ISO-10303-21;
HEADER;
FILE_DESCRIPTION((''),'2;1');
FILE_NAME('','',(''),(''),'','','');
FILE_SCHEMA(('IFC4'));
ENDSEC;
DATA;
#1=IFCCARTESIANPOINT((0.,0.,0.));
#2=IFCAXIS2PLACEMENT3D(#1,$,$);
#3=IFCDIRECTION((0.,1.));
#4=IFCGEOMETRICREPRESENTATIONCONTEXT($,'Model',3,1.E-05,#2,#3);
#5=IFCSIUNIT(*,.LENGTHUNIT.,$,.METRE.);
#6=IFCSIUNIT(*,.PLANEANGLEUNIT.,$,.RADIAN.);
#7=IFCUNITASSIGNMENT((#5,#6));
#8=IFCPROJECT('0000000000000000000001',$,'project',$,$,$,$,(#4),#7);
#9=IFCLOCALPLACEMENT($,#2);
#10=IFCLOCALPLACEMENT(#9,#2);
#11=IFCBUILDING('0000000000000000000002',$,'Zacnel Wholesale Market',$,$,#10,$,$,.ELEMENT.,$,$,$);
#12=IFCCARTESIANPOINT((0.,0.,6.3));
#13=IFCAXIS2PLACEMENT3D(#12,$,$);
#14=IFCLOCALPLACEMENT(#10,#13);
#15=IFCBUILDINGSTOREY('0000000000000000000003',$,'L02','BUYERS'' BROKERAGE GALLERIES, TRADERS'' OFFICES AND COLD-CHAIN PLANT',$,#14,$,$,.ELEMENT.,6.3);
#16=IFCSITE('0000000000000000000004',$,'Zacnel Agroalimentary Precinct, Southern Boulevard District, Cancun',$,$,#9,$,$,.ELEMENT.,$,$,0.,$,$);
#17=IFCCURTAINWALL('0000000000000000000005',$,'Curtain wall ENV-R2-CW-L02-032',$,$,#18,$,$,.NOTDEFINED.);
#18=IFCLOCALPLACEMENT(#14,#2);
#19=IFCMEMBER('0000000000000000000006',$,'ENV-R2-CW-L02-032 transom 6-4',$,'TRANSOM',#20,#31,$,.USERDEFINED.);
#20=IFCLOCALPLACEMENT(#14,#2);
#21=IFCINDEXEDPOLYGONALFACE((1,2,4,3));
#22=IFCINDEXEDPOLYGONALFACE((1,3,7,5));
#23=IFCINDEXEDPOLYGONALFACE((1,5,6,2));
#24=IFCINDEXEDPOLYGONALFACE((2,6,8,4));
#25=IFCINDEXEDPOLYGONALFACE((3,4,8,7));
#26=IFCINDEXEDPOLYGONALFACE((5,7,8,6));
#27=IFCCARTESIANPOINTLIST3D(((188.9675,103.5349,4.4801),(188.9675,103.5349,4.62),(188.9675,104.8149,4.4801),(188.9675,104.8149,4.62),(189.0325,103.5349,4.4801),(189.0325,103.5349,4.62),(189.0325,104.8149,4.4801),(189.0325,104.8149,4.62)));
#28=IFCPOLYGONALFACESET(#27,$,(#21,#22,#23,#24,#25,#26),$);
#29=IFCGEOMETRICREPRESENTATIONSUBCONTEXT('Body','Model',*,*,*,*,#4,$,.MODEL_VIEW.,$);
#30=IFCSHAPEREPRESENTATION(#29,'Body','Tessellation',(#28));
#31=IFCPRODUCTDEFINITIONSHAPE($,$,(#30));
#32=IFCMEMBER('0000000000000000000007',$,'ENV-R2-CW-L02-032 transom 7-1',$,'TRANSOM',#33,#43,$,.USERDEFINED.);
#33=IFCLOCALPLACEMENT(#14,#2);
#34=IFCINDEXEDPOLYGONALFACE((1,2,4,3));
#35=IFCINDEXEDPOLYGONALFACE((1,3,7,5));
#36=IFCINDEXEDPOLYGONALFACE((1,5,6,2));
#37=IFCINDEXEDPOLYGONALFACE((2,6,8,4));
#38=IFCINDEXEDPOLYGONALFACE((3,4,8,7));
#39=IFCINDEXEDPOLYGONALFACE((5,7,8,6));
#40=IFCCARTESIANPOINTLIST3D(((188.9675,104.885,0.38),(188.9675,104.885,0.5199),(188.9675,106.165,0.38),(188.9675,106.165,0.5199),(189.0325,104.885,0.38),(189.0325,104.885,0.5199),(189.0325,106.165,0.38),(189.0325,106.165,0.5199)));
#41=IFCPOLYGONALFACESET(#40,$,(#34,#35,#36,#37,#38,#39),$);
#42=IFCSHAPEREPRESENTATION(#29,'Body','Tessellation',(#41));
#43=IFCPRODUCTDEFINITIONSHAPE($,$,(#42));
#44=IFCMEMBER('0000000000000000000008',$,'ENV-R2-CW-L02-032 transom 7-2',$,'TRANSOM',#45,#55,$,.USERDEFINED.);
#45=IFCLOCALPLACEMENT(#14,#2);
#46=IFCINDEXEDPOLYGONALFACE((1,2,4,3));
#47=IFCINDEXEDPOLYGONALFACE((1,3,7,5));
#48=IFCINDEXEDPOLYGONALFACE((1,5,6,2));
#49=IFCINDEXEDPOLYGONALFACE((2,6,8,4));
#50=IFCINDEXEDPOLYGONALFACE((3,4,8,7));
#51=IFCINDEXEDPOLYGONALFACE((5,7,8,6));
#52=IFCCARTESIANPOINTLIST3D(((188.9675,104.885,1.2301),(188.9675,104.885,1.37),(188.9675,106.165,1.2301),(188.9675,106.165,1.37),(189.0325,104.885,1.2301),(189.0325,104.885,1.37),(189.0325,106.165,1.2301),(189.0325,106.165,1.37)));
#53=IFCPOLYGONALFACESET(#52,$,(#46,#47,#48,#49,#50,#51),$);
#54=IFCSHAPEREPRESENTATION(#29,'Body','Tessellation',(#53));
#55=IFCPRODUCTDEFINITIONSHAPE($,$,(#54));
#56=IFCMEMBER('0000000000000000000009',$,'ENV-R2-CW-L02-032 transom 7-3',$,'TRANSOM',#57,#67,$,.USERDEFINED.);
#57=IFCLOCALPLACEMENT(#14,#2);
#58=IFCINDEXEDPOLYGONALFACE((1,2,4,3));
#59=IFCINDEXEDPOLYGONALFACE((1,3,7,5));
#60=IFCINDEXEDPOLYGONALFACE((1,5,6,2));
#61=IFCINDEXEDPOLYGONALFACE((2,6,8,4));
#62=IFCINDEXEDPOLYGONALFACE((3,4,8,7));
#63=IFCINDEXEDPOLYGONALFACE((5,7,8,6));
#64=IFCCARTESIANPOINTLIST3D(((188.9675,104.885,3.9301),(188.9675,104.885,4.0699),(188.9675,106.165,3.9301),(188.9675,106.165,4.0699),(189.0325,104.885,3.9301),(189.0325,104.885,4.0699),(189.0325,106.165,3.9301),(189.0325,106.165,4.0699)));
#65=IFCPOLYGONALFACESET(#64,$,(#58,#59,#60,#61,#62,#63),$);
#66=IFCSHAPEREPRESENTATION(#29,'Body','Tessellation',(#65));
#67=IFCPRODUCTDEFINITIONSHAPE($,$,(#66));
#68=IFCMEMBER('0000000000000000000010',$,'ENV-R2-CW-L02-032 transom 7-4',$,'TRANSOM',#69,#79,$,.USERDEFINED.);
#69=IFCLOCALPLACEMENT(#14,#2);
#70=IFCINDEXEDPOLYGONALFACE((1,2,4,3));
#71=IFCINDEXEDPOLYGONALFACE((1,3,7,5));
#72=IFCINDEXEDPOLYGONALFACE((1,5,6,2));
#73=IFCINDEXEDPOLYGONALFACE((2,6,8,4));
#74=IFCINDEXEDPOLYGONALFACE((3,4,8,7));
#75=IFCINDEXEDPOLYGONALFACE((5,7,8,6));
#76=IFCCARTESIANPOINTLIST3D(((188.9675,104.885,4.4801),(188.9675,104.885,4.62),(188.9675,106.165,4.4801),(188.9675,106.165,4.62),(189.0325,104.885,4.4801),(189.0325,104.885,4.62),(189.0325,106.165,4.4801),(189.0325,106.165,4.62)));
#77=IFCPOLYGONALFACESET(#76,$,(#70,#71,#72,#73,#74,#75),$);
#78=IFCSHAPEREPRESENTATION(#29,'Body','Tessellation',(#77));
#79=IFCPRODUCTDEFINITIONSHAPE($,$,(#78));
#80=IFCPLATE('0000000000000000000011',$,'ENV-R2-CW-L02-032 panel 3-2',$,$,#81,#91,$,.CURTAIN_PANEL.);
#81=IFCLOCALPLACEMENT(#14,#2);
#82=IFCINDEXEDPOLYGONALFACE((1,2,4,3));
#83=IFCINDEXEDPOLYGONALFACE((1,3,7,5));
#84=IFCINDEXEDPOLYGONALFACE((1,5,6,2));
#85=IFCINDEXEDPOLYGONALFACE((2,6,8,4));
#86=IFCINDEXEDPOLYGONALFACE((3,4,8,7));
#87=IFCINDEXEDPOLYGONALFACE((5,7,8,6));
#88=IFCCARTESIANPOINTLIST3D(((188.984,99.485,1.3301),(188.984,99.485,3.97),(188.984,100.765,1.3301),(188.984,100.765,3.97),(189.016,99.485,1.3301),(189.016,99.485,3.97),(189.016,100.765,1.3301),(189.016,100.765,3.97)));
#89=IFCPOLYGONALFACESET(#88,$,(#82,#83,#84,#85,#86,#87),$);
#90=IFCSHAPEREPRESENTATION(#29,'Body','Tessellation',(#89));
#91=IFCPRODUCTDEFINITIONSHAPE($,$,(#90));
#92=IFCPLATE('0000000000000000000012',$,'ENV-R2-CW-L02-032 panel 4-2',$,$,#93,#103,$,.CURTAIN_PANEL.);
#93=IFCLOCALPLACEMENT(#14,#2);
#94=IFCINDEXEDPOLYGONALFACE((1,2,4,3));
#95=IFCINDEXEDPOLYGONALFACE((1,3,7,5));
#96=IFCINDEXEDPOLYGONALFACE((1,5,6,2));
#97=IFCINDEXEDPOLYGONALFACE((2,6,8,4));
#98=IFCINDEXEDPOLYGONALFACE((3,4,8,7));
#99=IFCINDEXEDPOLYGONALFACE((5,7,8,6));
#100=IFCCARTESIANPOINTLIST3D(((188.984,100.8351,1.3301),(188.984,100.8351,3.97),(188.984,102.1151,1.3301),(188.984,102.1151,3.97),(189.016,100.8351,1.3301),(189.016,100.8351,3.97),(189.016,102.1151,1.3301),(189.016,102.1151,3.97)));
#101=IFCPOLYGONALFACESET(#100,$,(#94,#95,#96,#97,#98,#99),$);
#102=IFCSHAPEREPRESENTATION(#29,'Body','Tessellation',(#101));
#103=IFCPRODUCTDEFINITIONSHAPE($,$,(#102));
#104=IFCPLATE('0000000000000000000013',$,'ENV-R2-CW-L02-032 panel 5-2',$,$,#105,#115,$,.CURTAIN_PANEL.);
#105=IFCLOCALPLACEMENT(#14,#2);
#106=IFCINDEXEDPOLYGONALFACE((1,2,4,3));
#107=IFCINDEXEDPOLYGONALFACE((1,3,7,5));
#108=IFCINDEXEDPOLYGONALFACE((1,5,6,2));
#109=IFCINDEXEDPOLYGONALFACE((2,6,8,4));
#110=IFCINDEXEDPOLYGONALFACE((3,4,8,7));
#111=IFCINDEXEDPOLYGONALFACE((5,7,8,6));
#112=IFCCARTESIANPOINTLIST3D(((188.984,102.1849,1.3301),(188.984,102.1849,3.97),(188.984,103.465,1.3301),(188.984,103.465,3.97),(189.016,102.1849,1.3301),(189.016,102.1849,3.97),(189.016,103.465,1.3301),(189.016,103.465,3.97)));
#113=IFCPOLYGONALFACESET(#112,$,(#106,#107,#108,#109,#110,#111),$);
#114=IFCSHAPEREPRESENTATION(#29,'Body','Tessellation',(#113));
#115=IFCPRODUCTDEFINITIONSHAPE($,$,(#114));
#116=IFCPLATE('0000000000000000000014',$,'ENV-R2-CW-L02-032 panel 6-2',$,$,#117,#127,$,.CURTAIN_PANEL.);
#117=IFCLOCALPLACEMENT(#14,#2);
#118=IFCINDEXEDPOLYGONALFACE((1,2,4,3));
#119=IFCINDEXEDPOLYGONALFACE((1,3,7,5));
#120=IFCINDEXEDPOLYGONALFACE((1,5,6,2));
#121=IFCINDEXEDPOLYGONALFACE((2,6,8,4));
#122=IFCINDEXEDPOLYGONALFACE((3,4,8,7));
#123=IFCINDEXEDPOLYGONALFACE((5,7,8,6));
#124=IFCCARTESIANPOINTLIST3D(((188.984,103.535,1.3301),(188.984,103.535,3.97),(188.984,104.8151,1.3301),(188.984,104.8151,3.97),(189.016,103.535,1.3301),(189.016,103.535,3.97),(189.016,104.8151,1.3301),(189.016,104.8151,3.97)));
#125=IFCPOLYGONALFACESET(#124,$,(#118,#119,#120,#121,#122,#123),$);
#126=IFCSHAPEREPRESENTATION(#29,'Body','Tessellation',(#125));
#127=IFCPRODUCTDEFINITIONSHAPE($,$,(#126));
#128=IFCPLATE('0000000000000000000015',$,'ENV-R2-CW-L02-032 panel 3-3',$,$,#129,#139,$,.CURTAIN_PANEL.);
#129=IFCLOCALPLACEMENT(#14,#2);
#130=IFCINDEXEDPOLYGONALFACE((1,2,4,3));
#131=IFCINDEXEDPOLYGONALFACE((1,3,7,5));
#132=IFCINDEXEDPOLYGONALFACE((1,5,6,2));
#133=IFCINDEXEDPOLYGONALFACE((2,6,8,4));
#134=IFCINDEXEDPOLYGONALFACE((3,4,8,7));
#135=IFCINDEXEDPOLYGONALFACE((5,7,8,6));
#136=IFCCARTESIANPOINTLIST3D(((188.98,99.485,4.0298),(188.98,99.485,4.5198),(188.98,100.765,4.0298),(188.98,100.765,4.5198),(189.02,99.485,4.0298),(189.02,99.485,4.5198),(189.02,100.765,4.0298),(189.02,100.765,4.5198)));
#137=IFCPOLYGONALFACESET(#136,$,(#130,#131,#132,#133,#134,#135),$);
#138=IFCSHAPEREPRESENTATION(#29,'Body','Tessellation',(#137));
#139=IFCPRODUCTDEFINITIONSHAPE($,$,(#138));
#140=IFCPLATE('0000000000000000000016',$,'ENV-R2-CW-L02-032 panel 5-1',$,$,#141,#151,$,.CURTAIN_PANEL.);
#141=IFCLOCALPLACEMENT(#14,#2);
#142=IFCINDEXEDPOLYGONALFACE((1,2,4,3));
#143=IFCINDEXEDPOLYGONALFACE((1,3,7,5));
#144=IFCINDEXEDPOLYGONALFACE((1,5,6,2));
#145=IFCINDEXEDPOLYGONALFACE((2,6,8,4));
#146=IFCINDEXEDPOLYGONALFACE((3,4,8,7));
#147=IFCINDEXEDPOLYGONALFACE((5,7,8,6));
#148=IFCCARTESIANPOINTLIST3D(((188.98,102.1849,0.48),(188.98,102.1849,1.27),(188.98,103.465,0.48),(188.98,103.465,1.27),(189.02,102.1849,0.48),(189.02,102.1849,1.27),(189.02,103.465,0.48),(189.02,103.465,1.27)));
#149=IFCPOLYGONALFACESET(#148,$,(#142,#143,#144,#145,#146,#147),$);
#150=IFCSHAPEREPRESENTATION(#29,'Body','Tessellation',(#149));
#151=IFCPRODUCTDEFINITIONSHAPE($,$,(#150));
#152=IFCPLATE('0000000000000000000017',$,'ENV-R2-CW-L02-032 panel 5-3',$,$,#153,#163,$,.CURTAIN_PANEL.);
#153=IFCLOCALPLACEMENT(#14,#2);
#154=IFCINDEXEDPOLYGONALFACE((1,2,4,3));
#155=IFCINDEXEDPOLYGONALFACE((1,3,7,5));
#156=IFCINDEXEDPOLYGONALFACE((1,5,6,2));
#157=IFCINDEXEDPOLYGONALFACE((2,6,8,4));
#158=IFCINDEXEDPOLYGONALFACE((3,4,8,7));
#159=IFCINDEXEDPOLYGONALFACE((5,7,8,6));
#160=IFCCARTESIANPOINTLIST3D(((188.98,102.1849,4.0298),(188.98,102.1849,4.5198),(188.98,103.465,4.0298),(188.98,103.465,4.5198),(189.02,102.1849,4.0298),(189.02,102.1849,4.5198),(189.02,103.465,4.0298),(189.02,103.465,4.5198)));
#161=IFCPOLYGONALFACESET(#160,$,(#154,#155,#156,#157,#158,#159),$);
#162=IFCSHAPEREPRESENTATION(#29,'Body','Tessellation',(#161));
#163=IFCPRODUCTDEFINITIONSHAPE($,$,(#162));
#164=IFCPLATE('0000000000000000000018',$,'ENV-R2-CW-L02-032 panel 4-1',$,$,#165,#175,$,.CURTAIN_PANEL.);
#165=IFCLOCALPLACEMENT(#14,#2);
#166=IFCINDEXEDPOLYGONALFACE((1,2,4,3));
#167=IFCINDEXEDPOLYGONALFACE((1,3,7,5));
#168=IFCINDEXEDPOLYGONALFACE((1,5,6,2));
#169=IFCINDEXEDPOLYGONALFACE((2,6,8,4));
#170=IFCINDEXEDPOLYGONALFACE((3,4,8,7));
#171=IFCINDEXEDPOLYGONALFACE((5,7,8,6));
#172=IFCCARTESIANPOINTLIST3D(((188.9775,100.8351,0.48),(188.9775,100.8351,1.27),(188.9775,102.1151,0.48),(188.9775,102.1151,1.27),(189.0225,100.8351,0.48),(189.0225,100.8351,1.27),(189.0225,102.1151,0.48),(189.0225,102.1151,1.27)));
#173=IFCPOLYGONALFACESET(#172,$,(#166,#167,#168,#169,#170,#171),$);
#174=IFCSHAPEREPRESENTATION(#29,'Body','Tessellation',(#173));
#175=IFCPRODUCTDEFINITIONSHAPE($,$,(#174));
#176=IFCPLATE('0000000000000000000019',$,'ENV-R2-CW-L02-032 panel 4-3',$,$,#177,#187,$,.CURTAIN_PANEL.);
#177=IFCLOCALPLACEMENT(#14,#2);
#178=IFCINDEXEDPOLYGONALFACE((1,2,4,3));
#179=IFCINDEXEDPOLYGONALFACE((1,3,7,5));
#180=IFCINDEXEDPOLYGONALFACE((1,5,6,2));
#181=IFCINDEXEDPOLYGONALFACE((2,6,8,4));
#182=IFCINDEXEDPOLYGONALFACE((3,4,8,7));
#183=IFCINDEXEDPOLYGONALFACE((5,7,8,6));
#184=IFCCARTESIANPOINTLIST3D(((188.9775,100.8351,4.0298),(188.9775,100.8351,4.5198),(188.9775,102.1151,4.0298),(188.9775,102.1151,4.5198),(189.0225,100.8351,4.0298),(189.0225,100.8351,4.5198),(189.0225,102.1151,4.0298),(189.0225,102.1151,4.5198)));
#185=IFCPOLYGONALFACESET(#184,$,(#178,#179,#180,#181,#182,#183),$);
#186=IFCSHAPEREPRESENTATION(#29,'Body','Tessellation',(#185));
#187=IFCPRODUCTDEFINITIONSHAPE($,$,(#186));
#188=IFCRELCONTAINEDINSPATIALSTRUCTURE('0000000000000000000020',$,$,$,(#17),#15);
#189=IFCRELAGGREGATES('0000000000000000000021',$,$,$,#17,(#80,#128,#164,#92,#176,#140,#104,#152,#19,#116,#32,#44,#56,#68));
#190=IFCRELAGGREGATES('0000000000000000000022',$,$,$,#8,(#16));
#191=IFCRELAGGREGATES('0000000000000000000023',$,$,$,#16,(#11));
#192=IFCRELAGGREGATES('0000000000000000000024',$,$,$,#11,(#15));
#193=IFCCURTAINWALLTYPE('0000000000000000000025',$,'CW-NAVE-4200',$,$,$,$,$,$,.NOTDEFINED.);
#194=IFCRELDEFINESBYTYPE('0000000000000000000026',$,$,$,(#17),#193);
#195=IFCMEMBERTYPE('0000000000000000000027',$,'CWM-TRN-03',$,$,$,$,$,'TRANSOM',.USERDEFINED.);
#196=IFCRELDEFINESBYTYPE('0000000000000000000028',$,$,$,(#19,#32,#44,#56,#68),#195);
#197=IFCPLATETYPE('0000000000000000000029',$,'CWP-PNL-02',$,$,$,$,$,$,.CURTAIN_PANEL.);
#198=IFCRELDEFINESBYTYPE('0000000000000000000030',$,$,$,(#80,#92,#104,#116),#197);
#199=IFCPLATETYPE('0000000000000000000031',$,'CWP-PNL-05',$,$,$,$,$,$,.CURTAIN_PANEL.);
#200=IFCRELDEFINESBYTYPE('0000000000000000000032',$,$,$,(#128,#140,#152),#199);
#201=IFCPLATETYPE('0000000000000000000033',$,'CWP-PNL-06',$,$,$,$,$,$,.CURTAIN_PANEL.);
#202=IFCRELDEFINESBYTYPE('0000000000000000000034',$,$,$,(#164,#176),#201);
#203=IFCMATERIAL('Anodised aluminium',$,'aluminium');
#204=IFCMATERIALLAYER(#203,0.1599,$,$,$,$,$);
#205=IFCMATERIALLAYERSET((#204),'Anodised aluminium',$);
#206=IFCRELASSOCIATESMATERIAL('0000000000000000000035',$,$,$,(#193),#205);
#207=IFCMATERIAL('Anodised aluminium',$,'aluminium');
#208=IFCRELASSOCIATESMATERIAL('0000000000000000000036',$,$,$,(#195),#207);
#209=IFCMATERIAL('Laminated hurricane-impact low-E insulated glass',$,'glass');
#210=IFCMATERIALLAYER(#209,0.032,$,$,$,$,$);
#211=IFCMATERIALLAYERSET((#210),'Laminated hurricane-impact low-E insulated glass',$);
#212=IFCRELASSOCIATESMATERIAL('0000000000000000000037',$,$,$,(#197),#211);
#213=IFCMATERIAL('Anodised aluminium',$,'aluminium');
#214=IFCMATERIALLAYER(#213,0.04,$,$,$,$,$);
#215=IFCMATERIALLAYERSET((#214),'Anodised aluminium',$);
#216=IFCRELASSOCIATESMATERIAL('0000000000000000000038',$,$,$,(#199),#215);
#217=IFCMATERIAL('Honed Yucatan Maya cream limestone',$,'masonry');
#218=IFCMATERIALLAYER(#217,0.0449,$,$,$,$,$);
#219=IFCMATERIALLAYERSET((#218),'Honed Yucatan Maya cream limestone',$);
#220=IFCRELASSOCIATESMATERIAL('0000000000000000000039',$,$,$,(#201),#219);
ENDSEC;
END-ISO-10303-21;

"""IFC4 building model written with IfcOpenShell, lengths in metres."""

from ifc_helpers import new_model, si_unit, direction, frame, origin, origin_2d, place, context, subcontext, project, spatial, rectangle, extrude, material, layer, layer_set, material_profile, profile_set, type_object, element, aggregate, save


model = new_model("IFC4")

# Units and contexts
model_context = context("Model", 3, precision=1e-05, world=origin(), true_north=direction((0.0, 1.0)))
body_context = subcontext(model_context, "Body", "Model", "MODEL_VIEW")
ifc_project = project(units=[si_unit("LENGTHUNIT", "METRE"), si_unit("PLANEANGLEUNIT", "RADIAN")], contexts=[model_context])

# Site, building, storey
site_placement = place(None, origin())
site = spatial("IfcSite", under=ifc_project, at=site_placement, Name="Zacnel Agroalimentary Precinct, Southern Boulevard District, Cancun", CompositionType="ELEMENT", RefElevation=0.0)
building_placement = place(site_placement, origin())
building = spatial("IfcBuilding", under=site, at=building_placement, Name="Zacnel Wholesale Market", CompositionType="ELEMENT")
storey_placement = place(building_placement, frame((0.0, 0.0, 6.3)))
storey = spatial("IfcBuildingStorey", under=building, at=storey_placement, Name="L02", Description="BUYERS' BROKERAGE GALLERIES, TRADERS' OFFICES AND COLD-CHAIN PLANT", CompositionType="ELEMENT", Elevation=6.3)

# Curtain wall, members, plates
ifc_material_1 = material(Name="Anodised aluminium", Category="aluminium")
ifc_layer_1 = layer(ifc_material_1, 0.1599)
ifc_layer_set_1 = layer_set([ifc_layer_1], Name="Anodised aluminium")
curtain_wall_type = type_object("IfcCurtainWallType", Name="CW-NAVE-4200", PredefinedType="NOTDEFINED", material=ifc_layer_set_1)
curtain_wall_placement = place(storey_placement, origin())
curtain_wall = element("IfcCurtainWall", 1, at=curtain_wall_placement, inside=storey, type_object=curtain_wall_type, Name="Curtain wall ENV-R2-CW-L02-032", PredefinedType="NOTDEFINED")
ifc_material_2 = material(Name="Anodised aluminium", Category="aluminium")
ifc_material_profile_1 = material_profile(ifc_material_2, rectangle(XDim=0.0649, YDim=0.1399, at=origin_2d()), Name="AW-TRANSOM 65x140")
ifc_profile_set_1 = profile_set([ifc_material_profile_1], Name="Anodised aluminium")
member_type_1 = type_object("IfcMemberType", Name="CWM-TRN-03", ElementType="TRANSOM", PredefinedType="USERDEFINED", material=ifc_profile_set_1)
member_1_placement = place(storey_placement, frame((189.0, 103.5349, 4.55), z_axis=(0.0, 1.0, 0.0), x_axis=(-1.0, 0.0, 0.0)))
member_1 = element("IfcMember", 2, at=member_1_placement, type_object=member_type_1, Name="ENV-R2-CW-L02-032 transom 6-4", ObjectType="TRANSOM", PredefinedType="USERDEFINED", context=body_context, shape_type="SweptSolid", body=[
    extrude(rectangle(XDim=0.0649, YDim=0.1399, at=origin_2d()), origin(), (0.0, 0.0, 1.0), 1.28),
])
member_2_placement = place(storey_placement, frame((189.0, 104.885, 0.45), z_axis=(0.0, 1.0, 0.0), x_axis=(-1.0, 0.0, 0.0)))
member_2 = element("IfcMember", 3, at=member_2_placement, type_object=member_type_1, Name="ENV-R2-CW-L02-032 transom 7-1", ObjectType="TRANSOM", PredefinedType="USERDEFINED", context=body_context, shape_type="SweptSolid", body=[
    extrude(rectangle(XDim=0.0649, YDim=0.1399, at=origin_2d()), origin(), (0.0, 0.0, 1.0), 1.28),
])
member_3_placement = place(storey_placement, frame((189.0, 104.885, 1.3), z_axis=(0.0, 1.0, 0.0), x_axis=(-1.0, 0.0, 0.0)))
member_3 = element("IfcMember", 4, at=member_3_placement, type_object=member_type_1, Name="ENV-R2-CW-L02-032 transom 7-2", ObjectType="TRANSOM", PredefinedType="USERDEFINED", context=body_context, shape_type="SweptSolid", body=[
    extrude(rectangle(XDim=0.0649, YDim=0.1399, at=origin_2d()), origin(), (0.0, 0.0, 1.0), 1.28),
])
member_4_placement = place(storey_placement, frame((189.0, 104.885, 4.0), z_axis=(0.0, 1.0, 0.0), x_axis=(-1.0, 0.0, 0.0)))
member_4 = element("IfcMember", 5, at=member_4_placement, type_object=member_type_1, Name="ENV-R2-CW-L02-032 transom 7-3", ObjectType="TRANSOM", PredefinedType="USERDEFINED", context=body_context, shape_type="SweptSolid", body=[
    extrude(rectangle(XDim=0.0649, YDim=0.1399, at=origin_2d()), origin(), (0.0, 0.0, 1.0), 1.28),
])
member_5_placement = place(storey_placement, frame((189.0, 104.885, 4.55), z_axis=(0.0, 1.0, 0.0), x_axis=(-1.0, 0.0, 0.0)))
member_5 = element("IfcMember", 6, at=member_5_placement, type_object=member_type_1, Name="ENV-R2-CW-L02-032 transom 7-4", ObjectType="TRANSOM", PredefinedType="USERDEFINED", context=body_context, shape_type="SweptSolid", body=[
    extrude(rectangle(XDim=0.0649, YDim=0.1399, at=origin_2d()), origin(), (0.0, 0.0, 1.0), 1.28),
])
ifc_material_3 = material(Name="Laminated hurricane-impact low-E insulated glass", Category="glass")
ifc_layer_2 = layer(ifc_material_3, 0.032)
ifc_layer_set_2 = layer_set([ifc_layer_2], Name="Laminated hurricane-impact low-E insulated glass")
plate_type_1 = type_object("IfcPlateType", Name="CWP-PNL-02", PredefinedType="CURTAIN_PANEL", material=ifc_layer_set_2)
plate_1_placement = place(storey_placement, frame((189.0, 100.125, 1.3301), z_axis=(0.0, 0.0, 1.0), x_axis=(0.0, 1.0, 0.0)))
plate_1 = element("IfcPlate", 7, at=plate_1_placement, type_object=plate_type_1, Name="ENV-R2-CW-L02-032 panel 3-2", PredefinedType="CURTAIN_PANEL", context=body_context, shape_type="SweptSolid", body=[
    extrude(rectangle(XDim=1.28, YDim=0.032, at=origin_2d()), origin(), (0.0, 0.0, 1.0), 2.6399),
])
plate_2_placement = place(storey_placement, frame((189.0, 101.4751, 1.3301), z_axis=(0.0, 0.0, 1.0), x_axis=(0.0, 1.0, 0.0)))
plate_2 = element("IfcPlate", 8, at=plate_2_placement, type_object=plate_type_1, Name="ENV-R2-CW-L02-032 panel 4-2", PredefinedType="CURTAIN_PANEL", context=body_context, shape_type="SweptSolid", body=[
    extrude(rectangle(XDim=1.28, YDim=0.032, at=origin_2d()), origin(), (0.0, 0.0, 1.0), 2.6399),
])
plate_3_placement = place(storey_placement, frame((189.0, 102.825, 1.3301), z_axis=(0.0, 0.0, 1.0), x_axis=(0.0, 1.0, 0.0)))
plate_3 = element("IfcPlate", 9, at=plate_3_placement, type_object=plate_type_1, Name="ENV-R2-CW-L02-032 panel 5-2", PredefinedType="CURTAIN_PANEL", context=body_context, shape_type="SweptSolid", body=[
    extrude(rectangle(XDim=1.28, YDim=0.032, at=origin_2d()), origin(), (0.0, 0.0, 1.0), 2.6399),
])
plate_4_placement = place(storey_placement, frame((189.0, 104.175, 1.3301), z_axis=(0.0, 0.0, 1.0), x_axis=(0.0, 1.0, 0.0)))
plate_4 = element("IfcPlate", 10, at=plate_4_placement, type_object=plate_type_1, Name="ENV-R2-CW-L02-032 panel 6-2", PredefinedType="CURTAIN_PANEL", context=body_context, shape_type="SweptSolid", body=[
    extrude(rectangle(XDim=1.28, YDim=0.032, at=origin_2d()), origin(), (0.0, 0.0, 1.0), 2.6399),
])
ifc_material_4 = material(Name="Anodised aluminium", Category="aluminium")
ifc_layer_3 = layer(ifc_material_4, 0.04)
ifc_layer_set_3 = layer_set([ifc_layer_3], Name="Anodised aluminium")
plate_type_2 = type_object("IfcPlateType", Name="CWP-PNL-05", PredefinedType="CURTAIN_PANEL", material=ifc_layer_set_3)
plate_5_placement = place(storey_placement, frame((189.0, 100.125, 4.0298), z_axis=(0.0, 0.0, 1.0), x_axis=(0.0, 1.0, 0.0)))
plate_5 = element("IfcPlate", 11, at=plate_5_placement, type_object=plate_type_2, Name="ENV-R2-CW-L02-032 panel 3-3", PredefinedType="CURTAIN_PANEL", context=body_context, shape_type="SweptSolid", body=[
    extrude(rectangle(XDim=1.28, YDim=0.04, at=origin_2d()), origin(), (0.0, 0.0, 1.0), 0.49),
])
plate_6_placement = place(storey_placement, frame((189.0, 102.825, 0.48), z_axis=(0.0, 0.0, 1.0), x_axis=(0.0, 1.0, 0.0)))
plate_6 = element("IfcPlate", 12, at=plate_6_placement, type_object=plate_type_2, Name="ENV-R2-CW-L02-032 panel 5-1", PredefinedType="CURTAIN_PANEL", context=body_context, shape_type="SweptSolid", body=[
    extrude(rectangle(XDim=1.28, YDim=0.04, at=origin_2d()), origin(), (0.0, 0.0, 1.0), 0.79),
])
plate_7_placement = place(storey_placement, frame((189.0, 102.825, 4.0298), z_axis=(0.0, 0.0, 1.0), x_axis=(0.0, 1.0, 0.0)))
plate_7 = element("IfcPlate", 13, at=plate_7_placement, type_object=plate_type_2, Name="ENV-R2-CW-L02-032 panel 5-3", PredefinedType="CURTAIN_PANEL", context=body_context, shape_type="SweptSolid", body=[
    extrude(rectangle(XDim=1.28, YDim=0.04, at=origin_2d()), origin(), (0.0, 0.0, 1.0), 0.49),
])
ifc_material_5 = material(Name="Honed Yucatan Maya cream limestone", Category="masonry")
ifc_layer_4 = layer(ifc_material_5, 0.0449)
ifc_layer_set_4 = layer_set([ifc_layer_4], Name="Honed Yucatan Maya cream limestone")
plate_type_3 = type_object("IfcPlateType", Name="CWP-PNL-06", PredefinedType="CURTAIN_PANEL", material=ifc_layer_set_4)
plate_8_placement = place(storey_placement, frame((189.0, 101.4751, 0.48), z_axis=(0.0, 0.0, 1.0), x_axis=(0.0, 1.0, 0.0)))
plate_8 = element("IfcPlate", 14, at=plate_8_placement, type_object=plate_type_3, Name="ENV-R2-CW-L02-032 panel 4-1", PredefinedType="CURTAIN_PANEL", context=body_context, shape_type="SweptSolid", body=[
    extrude(rectangle(XDim=1.28, YDim=0.0449, at=origin_2d()), origin(), (0.0, 0.0, 1.0), 0.79),
])
plate_9_placement = place(storey_placement, frame((189.0, 101.4751, 4.0298), z_axis=(0.0, 0.0, 1.0), x_axis=(0.0, 1.0, 0.0)))
plate_9 = element("IfcPlate", 15, at=plate_9_placement, type_object=plate_type_3, Name="ENV-R2-CW-L02-032 panel 4-3", PredefinedType="CURTAIN_PANEL", context=body_context, shape_type="SweptSolid", body=[
    extrude(rectangle(XDim=1.28, YDim=0.0449, at=origin_2d()), origin(), (0.0, 0.0, 1.0), 0.49),
])
aggregate(curtain_wall, [plate_1, plate_5, plate_8, plate_2, plate_9, plate_6, plate_3, plate_7, member_1, plate_4, member_2, member_3, member_4, member_5])

save(model, "model.ifc")
